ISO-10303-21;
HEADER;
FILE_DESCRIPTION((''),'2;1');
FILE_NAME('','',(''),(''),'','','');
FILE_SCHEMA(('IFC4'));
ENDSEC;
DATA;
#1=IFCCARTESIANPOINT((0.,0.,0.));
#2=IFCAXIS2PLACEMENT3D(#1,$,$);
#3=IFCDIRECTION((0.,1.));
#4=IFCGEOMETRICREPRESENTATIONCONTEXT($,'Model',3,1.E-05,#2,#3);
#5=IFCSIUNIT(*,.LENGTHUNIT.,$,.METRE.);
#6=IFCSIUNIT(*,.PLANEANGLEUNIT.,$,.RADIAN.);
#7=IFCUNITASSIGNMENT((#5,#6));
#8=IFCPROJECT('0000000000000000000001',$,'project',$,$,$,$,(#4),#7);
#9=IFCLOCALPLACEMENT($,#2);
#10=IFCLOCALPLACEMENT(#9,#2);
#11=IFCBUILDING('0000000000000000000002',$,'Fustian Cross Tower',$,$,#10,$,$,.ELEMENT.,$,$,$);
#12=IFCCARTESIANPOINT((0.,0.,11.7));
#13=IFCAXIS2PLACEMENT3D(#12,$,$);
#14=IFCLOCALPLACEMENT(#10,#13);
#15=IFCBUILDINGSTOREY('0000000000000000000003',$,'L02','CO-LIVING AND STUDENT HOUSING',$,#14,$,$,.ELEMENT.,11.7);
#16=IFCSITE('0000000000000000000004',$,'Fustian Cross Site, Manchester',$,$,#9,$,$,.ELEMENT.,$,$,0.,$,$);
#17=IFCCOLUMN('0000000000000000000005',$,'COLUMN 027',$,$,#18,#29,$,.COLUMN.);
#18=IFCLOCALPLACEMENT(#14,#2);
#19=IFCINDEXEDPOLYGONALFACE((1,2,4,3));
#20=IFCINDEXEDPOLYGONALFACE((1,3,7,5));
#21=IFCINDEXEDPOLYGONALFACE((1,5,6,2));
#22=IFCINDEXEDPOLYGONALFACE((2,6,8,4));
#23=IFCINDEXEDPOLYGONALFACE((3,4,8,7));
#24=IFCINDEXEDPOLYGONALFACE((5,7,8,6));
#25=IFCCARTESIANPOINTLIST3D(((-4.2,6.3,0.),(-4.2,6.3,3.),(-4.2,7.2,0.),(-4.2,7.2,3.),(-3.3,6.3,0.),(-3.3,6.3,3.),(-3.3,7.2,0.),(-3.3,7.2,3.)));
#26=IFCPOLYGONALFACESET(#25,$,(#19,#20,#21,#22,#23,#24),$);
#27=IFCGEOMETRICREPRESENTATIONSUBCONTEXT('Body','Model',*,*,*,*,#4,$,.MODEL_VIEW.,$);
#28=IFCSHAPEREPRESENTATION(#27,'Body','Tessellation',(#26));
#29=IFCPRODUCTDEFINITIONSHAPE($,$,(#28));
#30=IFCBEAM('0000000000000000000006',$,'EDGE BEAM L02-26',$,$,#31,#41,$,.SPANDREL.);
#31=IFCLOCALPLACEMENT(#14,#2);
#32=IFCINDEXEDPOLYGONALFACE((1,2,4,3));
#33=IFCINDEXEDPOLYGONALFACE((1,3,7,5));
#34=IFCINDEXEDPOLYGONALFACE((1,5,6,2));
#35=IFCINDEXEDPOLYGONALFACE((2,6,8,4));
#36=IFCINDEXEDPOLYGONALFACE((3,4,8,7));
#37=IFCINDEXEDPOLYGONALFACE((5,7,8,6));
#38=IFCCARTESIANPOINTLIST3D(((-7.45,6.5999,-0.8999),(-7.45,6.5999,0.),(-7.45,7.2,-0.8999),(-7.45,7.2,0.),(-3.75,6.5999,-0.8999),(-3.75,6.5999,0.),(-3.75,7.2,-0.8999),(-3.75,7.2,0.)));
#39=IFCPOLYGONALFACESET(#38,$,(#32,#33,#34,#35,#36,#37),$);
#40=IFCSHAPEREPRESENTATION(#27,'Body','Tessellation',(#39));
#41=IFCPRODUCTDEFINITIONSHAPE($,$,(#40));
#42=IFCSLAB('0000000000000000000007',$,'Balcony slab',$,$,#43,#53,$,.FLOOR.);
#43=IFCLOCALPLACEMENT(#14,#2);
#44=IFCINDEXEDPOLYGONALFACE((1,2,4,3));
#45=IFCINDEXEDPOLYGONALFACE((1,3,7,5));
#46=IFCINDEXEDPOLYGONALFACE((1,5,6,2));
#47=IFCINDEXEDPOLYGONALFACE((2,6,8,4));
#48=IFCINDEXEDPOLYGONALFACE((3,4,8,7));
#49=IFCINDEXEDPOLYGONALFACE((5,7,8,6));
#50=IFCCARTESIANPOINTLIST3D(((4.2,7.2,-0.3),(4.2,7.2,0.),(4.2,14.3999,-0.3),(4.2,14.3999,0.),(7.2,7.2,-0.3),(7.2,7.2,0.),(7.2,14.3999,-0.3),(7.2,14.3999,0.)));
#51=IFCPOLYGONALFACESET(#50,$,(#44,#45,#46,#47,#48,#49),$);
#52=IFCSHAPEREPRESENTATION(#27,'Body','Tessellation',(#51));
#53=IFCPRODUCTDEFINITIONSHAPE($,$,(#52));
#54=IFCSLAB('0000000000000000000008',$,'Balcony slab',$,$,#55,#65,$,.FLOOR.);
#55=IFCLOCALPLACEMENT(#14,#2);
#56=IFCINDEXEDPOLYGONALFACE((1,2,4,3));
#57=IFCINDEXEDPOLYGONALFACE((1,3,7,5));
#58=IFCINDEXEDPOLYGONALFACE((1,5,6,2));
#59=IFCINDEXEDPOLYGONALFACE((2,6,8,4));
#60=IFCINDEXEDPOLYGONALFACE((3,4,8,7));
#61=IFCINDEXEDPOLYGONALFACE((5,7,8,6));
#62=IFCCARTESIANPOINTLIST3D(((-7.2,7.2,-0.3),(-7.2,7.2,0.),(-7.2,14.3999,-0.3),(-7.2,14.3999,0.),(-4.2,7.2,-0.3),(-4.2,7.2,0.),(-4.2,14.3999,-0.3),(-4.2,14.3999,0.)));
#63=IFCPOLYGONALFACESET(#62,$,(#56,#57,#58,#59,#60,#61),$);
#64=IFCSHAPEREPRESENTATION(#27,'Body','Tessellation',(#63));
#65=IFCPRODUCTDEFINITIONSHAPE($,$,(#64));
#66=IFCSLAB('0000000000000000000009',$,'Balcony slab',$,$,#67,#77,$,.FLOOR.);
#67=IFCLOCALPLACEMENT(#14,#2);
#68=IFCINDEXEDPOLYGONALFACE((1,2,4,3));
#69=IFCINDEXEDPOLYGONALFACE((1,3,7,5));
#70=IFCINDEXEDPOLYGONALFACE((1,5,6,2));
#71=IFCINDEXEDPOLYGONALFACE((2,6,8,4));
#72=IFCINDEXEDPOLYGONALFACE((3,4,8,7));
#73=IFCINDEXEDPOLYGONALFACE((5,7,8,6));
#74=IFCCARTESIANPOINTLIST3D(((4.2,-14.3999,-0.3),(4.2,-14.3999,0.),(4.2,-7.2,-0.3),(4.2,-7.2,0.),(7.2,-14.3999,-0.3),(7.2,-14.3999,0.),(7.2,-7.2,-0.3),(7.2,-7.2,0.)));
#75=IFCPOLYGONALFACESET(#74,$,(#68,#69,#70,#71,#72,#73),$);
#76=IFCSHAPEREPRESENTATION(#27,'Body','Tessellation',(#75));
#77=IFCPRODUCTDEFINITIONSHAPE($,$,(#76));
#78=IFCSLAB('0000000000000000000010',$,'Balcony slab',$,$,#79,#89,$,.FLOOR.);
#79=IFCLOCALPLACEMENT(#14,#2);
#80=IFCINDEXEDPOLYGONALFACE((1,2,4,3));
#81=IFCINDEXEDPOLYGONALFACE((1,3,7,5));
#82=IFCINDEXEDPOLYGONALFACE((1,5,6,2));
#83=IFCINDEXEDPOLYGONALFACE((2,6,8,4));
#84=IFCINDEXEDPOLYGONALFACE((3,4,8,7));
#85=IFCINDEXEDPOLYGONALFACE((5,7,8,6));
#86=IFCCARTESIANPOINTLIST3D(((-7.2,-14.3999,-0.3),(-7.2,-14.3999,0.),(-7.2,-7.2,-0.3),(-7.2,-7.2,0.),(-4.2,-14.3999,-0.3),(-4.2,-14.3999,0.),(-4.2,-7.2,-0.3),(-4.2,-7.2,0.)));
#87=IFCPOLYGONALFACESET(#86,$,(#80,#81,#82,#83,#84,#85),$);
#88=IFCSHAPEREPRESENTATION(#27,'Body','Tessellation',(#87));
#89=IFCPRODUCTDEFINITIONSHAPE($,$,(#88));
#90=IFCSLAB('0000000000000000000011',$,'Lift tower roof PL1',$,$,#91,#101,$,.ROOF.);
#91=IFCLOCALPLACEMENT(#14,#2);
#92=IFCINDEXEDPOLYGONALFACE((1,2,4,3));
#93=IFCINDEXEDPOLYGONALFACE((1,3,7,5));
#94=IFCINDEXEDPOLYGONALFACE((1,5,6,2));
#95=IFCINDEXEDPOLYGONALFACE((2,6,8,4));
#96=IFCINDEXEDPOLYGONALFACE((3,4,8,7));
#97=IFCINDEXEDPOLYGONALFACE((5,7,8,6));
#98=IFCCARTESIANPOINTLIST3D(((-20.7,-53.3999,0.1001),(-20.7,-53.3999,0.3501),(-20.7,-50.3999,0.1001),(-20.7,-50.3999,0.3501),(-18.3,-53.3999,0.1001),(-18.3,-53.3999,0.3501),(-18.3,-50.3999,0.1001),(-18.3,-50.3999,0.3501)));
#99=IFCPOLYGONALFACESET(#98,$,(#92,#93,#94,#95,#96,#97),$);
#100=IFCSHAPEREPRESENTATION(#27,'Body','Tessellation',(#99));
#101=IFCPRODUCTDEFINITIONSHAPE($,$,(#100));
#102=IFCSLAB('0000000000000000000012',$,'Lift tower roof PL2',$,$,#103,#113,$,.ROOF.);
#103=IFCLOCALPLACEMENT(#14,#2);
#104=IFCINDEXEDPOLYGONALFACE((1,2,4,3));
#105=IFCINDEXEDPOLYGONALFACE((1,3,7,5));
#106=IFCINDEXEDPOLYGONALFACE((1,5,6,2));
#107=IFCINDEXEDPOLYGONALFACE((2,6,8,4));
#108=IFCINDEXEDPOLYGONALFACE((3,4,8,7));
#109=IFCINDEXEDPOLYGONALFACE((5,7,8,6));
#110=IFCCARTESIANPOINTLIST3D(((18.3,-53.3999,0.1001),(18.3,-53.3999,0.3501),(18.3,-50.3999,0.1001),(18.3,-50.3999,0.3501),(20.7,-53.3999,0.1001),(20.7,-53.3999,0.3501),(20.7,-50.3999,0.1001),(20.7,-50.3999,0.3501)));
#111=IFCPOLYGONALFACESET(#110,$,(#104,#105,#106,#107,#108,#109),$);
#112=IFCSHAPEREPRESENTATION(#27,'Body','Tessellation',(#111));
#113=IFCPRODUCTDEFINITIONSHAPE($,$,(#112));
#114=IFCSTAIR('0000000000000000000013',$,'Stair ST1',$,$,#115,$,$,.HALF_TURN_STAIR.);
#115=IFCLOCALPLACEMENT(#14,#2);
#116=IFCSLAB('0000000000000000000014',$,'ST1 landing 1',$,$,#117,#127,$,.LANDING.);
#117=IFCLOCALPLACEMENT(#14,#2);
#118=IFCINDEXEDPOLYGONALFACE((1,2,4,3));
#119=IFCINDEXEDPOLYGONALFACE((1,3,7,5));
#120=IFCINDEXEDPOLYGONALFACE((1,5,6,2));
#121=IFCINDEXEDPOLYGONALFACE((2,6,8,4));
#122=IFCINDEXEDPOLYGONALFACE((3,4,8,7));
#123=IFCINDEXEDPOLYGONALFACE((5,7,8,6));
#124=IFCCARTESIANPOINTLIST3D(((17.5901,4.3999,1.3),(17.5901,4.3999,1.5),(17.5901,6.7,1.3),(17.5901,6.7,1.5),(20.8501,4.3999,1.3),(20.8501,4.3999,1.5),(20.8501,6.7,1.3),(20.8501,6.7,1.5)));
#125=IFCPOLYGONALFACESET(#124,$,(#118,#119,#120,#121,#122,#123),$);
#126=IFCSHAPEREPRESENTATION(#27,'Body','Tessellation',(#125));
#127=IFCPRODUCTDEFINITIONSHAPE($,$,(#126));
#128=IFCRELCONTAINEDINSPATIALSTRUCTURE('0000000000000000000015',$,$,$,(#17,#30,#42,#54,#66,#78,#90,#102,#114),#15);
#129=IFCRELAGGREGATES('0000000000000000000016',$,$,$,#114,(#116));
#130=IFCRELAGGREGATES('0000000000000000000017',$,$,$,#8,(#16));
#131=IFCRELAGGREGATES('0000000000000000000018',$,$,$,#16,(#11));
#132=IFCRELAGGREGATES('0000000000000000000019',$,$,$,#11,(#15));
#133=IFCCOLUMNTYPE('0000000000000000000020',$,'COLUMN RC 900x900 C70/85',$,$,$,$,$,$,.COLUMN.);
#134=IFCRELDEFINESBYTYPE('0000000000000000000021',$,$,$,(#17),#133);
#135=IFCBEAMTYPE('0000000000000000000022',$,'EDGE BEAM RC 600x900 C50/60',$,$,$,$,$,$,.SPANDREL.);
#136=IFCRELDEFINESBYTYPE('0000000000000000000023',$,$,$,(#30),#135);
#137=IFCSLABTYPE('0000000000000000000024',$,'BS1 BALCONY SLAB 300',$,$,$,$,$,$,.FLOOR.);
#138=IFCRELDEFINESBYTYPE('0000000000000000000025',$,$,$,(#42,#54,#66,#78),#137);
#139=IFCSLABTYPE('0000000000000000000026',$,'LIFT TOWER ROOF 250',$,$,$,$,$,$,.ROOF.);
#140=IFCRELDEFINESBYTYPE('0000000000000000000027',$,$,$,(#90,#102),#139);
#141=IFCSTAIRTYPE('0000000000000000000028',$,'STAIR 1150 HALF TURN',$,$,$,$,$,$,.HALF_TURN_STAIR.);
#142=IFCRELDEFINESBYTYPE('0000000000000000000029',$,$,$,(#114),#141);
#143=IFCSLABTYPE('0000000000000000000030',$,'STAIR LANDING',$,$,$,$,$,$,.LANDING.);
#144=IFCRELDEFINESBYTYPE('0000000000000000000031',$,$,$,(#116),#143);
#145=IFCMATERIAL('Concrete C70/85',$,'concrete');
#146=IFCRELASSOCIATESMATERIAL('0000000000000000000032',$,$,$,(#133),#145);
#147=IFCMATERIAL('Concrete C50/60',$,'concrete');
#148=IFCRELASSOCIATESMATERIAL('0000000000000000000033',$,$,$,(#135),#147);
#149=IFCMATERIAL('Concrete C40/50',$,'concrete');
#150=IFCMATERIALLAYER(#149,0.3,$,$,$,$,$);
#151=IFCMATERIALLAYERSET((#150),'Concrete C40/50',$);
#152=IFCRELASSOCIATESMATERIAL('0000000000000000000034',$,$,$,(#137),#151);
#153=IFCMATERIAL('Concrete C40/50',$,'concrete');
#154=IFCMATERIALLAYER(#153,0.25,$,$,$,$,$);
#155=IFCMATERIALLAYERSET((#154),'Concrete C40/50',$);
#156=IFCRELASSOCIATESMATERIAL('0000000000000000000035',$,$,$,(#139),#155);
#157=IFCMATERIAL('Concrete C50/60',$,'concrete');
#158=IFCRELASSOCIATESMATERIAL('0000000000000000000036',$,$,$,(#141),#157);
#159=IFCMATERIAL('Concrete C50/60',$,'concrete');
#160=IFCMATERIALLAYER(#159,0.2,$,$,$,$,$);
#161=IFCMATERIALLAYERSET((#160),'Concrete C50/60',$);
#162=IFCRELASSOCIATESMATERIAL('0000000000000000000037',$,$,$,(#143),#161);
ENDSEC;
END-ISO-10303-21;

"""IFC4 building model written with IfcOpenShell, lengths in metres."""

from ifc_helpers import new_model, si_unit, direction, frame, origin, origin_2d, place, context, subcontext, project, spatial, polyline, rectangle, outline, extrude, material, layer, layer_set, material_profile, profile_set, type_object, element, aggregate, save


model = new_model("IFC4")

# Units and contexts
model_context = context("Model", 3, precision=1e-05, world=origin(), true_north=direction((0.0, 1.0)))
body_context = subcontext(model_context, "Body", "Model", "MODEL_VIEW")
ifc_project = project(units=[si_unit("LENGTHUNIT", "METRE"), si_unit("PLANEANGLEUNIT", "RADIAN")], contexts=[model_context])

# Site, building, storey
site_placement = place(None, origin())
site = spatial("IfcSite", under=ifc_project, at=site_placement, Name="Fustian Cross Site, Manchester", CompositionType="ELEMENT", RefElevation=0.0)
building_placement = place(site_placement, origin())
building = spatial("IfcBuilding", under=site, at=building_placement, Name="Fustian Cross Tower", CompositionType="ELEMENT")
storey_placement = place(building_placement, frame((0.0, 0.0, 11.7)))
storey = spatial("IfcBuildingStorey", under=building, at=storey_placement, Name="L02", Description="CO-LIVING AND STUDENT HOUSING", CompositionType="ELEMENT", Elevation=11.7)

# Column
ifc_material_1 = material(Name="Concrete C70/85", Category="concrete")
ifc_material_profile_1 = material_profile(ifc_material_1, rectangle(XDim=0.8999, YDim=0.8999, at=origin_2d()), Name="RC 900x900")
ifc_profile_set_1 = profile_set([ifc_material_profile_1], Name="Concrete C70/85")
column_type = type_object("IfcColumnType", Name="COLUMN RC 900x900 C70/85", PredefinedType="COLUMN", material=ifc_profile_set_1)
column_placement = place(storey_placement, frame((-3.75, 6.75, 0.0), z_axis=(0.0, 0.0, 1.0), x_axis=(1.0, 0.0, 0.0)))
element("IfcColumn", 1, at=column_placement, inside=storey, type_object=column_type, Name="COLUMN 027", PredefinedType="COLUMN", context=body_context, shape_type="SweptSolid", body=[
    extrude(rectangle(XDim=0.8999, YDim=0.8999, at=origin_2d()), origin(), (0.0, 0.0, 1.0), 3.0),
])

# Beam
ifc_material_2 = material(Name="Concrete C50/60", Category="concrete")
ifc_material_profile_2 = material_profile(ifc_material_2, rectangle(XDim=0.6001, YDim=0.8999, at=origin_2d()), Name="RC 600x900")
ifc_profile_set_2 = profile_set([ifc_material_profile_2], Name="Concrete C50/60")
beam_type = type_object("IfcBeamType", Name="EDGE BEAM RC 600x900 C50/60", PredefinedType="SPANDREL", material=ifc_profile_set_2)
beam_placement = place(storey_placement, frame((-3.75, 6.8999, -0.45), z_axis=(-1.0, 0.0, 0.0), x_axis=(0.0, -1.0, 0.0)))
element("IfcBeam", 2, at=beam_placement, inside=storey, type_object=beam_type, Name="EDGE BEAM L02-26", PredefinedType="SPANDREL", context=body_context, shape_type="SweptSolid", body=[
    extrude(rectangle(XDim=0.6001, YDim=0.8999, at=origin_2d()), origin(), (0.0, 0.0, 1.0), 3.7),
])

# Slabs
ifc_material_3 = material(Name="Concrete C40/50", Category="concrete")
ifc_layer_1 = layer(ifc_material_3, 0.3)
ifc_layer_set_1 = layer_set([ifc_layer_1], Name="Concrete C40/50")
slab_type_1 = type_object("IfcSlabType", Name="BS1 BALCONY SLAB 300", PredefinedType="FLOOR", material=ifc_layer_set_1)
slab_1_placement = place(storey_placement, frame((0.0, 0.0, -0.3)))
element("IfcSlab", 3, at=slab_1_placement, inside=storey, type_object=slab_type_1, Name="Balcony slab", PredefinedType="FLOOR", context=body_context, shape_type="SweptSolid", body=[
    extrude(outline(polyline([(4.2, 7.2), (7.2, 7.2), (7.2, 14.3999), (4.2, 14.3999), (4.2, 7.2)])), origin(), (0.0, 0.0, 1.0), 0.3),
])
slab_2_placement = place(storey_placement, frame((0.0, 0.0, -0.3)))
element("IfcSlab", 4, at=slab_2_placement, inside=storey, type_object=slab_type_1, Name="Balcony slab", PredefinedType="FLOOR", context=body_context, shape_type="SweptSolid", body=[
    extrude(outline(polyline([(-7.2, 7.2), (-4.2, 7.2), (-4.2, 14.3999), (-7.2, 14.3999), (-7.2, 7.2)])), origin(), (0.0, 0.0, 1.0), 0.3),
])
slab_3_placement = place(storey_placement, frame((0.0, 0.0, -0.3)))
element("IfcSlab", 5, at=slab_3_placement, inside=storey, type_object=slab_type_1, Name="Balcony slab", PredefinedType="FLOOR", context=body_context, shape_type="SweptSolid", body=[
    extrude(outline(polyline([(4.2, -14.3999), (7.2, -14.3999), (7.2, -7.2), (4.2, -7.2), (4.2, -14.3999)])), origin(), (0.0, 0.0, 1.0), 0.3),
])
slab_4_placement = place(storey_placement, frame((0.0, 0.0, -0.3)))
element("IfcSlab", 6, at=slab_4_placement, inside=storey, type_object=slab_type_1, Name="Balcony slab", PredefinedType="FLOOR", context=body_context, shape_type="SweptSolid", body=[
    extrude(outline(polyline([(-7.2, -14.3999), (-4.2, -14.3999), (-4.2, -7.2), (-7.2, -7.2), (-7.2, -14.3999)])), origin(), (0.0, 0.0, 1.0), 0.3),
])
ifc_material_4 = material(Name="Concrete C40/50", Category="concrete")
ifc_layer_2 = layer(ifc_material_4, 0.25)
ifc_layer_set_2 = layer_set([ifc_layer_2], Name="Concrete C40/50")
slab_type_2 = type_object("IfcSlabType", Name="LIFT TOWER ROOF 250", PredefinedType="ROOF", material=ifc_layer_set_2)
slab_5_placement = place(storey_placement, frame((0.0, 0.0, 0.1001)))
element("IfcSlab", 7, at=slab_5_placement, inside=storey, type_object=slab_type_2, Name="Lift tower roof PL1", PredefinedType="ROOF", context=body_context, shape_type="SweptSolid", body=[
    extrude(outline(polyline([(-20.7, -53.3999), (-18.3, -53.3999), (-18.3, -50.3999), (-20.7, -50.3999), (-20.7, -53.3999)])), origin(), (0.0, 0.0, 1.0), 0.25),
])
slab_6_placement = place(storey_placement, frame((0.0, 0.0, 0.1001)))
element("IfcSlab", 8, at=slab_6_placement, inside=storey, type_object=slab_type_2, Name="Lift tower roof PL2", PredefinedType="ROOF", context=body_context, shape_type="SweptSolid", body=[
    extrude(outline(polyline([(18.3, -53.3999), (20.7, -53.3999), (20.7, -50.3999), (18.3, -50.3999), (18.3, -53.3999)])), origin(), (0.0, 0.0, 1.0), 0.25),
])

# Stair, slab
ifc_material_5 = material(Name="Concrete C50/60", Category="concrete")
stair_type = type_object("IfcStairType", Name="STAIR 1150 HALF TURN", PredefinedType="HALF_TURN_STAIR", material=ifc_material_5)
stair_placement = place(storey_placement, origin())
stair = element("IfcStair", 9, at=stair_placement, inside=storey, type_object=stair_type, Name="Stair ST1", PredefinedType="HALF_TURN_STAIR")
ifc_material_6 = material(Name="Concrete C50/60", Category="concrete")
ifc_layer_3 = layer(ifc_material_6, 0.2)
ifc_layer_set_3 = layer_set([ifc_layer_3], Name="Concrete C50/60")
slab_type_3 = type_object("IfcSlabType", Name="STAIR LANDING", PredefinedType="LANDING", material=ifc_layer_set_3)
slab_7_placement = place(storey_placement, frame((0.0, 0.0, 1.3)))
slab_7 = element("IfcSlab", 10, at=slab_7_placement, type_object=slab_type_3, Name="ST1 landing 1", PredefinedType="LANDING", context=body_context, shape_type="SweptSolid", body=[
    extrude(outline(polyline([(17.5901, 4.3999), (20.8501, 4.3999), (20.8501, 6.7), (17.5901, 6.7), (17.5901, 4.3999)])), origin(), (0.0, 0.0, 1.0), 0.2),
])
aggregate(stair, [slab_7])

save(model, "model.ifc")
